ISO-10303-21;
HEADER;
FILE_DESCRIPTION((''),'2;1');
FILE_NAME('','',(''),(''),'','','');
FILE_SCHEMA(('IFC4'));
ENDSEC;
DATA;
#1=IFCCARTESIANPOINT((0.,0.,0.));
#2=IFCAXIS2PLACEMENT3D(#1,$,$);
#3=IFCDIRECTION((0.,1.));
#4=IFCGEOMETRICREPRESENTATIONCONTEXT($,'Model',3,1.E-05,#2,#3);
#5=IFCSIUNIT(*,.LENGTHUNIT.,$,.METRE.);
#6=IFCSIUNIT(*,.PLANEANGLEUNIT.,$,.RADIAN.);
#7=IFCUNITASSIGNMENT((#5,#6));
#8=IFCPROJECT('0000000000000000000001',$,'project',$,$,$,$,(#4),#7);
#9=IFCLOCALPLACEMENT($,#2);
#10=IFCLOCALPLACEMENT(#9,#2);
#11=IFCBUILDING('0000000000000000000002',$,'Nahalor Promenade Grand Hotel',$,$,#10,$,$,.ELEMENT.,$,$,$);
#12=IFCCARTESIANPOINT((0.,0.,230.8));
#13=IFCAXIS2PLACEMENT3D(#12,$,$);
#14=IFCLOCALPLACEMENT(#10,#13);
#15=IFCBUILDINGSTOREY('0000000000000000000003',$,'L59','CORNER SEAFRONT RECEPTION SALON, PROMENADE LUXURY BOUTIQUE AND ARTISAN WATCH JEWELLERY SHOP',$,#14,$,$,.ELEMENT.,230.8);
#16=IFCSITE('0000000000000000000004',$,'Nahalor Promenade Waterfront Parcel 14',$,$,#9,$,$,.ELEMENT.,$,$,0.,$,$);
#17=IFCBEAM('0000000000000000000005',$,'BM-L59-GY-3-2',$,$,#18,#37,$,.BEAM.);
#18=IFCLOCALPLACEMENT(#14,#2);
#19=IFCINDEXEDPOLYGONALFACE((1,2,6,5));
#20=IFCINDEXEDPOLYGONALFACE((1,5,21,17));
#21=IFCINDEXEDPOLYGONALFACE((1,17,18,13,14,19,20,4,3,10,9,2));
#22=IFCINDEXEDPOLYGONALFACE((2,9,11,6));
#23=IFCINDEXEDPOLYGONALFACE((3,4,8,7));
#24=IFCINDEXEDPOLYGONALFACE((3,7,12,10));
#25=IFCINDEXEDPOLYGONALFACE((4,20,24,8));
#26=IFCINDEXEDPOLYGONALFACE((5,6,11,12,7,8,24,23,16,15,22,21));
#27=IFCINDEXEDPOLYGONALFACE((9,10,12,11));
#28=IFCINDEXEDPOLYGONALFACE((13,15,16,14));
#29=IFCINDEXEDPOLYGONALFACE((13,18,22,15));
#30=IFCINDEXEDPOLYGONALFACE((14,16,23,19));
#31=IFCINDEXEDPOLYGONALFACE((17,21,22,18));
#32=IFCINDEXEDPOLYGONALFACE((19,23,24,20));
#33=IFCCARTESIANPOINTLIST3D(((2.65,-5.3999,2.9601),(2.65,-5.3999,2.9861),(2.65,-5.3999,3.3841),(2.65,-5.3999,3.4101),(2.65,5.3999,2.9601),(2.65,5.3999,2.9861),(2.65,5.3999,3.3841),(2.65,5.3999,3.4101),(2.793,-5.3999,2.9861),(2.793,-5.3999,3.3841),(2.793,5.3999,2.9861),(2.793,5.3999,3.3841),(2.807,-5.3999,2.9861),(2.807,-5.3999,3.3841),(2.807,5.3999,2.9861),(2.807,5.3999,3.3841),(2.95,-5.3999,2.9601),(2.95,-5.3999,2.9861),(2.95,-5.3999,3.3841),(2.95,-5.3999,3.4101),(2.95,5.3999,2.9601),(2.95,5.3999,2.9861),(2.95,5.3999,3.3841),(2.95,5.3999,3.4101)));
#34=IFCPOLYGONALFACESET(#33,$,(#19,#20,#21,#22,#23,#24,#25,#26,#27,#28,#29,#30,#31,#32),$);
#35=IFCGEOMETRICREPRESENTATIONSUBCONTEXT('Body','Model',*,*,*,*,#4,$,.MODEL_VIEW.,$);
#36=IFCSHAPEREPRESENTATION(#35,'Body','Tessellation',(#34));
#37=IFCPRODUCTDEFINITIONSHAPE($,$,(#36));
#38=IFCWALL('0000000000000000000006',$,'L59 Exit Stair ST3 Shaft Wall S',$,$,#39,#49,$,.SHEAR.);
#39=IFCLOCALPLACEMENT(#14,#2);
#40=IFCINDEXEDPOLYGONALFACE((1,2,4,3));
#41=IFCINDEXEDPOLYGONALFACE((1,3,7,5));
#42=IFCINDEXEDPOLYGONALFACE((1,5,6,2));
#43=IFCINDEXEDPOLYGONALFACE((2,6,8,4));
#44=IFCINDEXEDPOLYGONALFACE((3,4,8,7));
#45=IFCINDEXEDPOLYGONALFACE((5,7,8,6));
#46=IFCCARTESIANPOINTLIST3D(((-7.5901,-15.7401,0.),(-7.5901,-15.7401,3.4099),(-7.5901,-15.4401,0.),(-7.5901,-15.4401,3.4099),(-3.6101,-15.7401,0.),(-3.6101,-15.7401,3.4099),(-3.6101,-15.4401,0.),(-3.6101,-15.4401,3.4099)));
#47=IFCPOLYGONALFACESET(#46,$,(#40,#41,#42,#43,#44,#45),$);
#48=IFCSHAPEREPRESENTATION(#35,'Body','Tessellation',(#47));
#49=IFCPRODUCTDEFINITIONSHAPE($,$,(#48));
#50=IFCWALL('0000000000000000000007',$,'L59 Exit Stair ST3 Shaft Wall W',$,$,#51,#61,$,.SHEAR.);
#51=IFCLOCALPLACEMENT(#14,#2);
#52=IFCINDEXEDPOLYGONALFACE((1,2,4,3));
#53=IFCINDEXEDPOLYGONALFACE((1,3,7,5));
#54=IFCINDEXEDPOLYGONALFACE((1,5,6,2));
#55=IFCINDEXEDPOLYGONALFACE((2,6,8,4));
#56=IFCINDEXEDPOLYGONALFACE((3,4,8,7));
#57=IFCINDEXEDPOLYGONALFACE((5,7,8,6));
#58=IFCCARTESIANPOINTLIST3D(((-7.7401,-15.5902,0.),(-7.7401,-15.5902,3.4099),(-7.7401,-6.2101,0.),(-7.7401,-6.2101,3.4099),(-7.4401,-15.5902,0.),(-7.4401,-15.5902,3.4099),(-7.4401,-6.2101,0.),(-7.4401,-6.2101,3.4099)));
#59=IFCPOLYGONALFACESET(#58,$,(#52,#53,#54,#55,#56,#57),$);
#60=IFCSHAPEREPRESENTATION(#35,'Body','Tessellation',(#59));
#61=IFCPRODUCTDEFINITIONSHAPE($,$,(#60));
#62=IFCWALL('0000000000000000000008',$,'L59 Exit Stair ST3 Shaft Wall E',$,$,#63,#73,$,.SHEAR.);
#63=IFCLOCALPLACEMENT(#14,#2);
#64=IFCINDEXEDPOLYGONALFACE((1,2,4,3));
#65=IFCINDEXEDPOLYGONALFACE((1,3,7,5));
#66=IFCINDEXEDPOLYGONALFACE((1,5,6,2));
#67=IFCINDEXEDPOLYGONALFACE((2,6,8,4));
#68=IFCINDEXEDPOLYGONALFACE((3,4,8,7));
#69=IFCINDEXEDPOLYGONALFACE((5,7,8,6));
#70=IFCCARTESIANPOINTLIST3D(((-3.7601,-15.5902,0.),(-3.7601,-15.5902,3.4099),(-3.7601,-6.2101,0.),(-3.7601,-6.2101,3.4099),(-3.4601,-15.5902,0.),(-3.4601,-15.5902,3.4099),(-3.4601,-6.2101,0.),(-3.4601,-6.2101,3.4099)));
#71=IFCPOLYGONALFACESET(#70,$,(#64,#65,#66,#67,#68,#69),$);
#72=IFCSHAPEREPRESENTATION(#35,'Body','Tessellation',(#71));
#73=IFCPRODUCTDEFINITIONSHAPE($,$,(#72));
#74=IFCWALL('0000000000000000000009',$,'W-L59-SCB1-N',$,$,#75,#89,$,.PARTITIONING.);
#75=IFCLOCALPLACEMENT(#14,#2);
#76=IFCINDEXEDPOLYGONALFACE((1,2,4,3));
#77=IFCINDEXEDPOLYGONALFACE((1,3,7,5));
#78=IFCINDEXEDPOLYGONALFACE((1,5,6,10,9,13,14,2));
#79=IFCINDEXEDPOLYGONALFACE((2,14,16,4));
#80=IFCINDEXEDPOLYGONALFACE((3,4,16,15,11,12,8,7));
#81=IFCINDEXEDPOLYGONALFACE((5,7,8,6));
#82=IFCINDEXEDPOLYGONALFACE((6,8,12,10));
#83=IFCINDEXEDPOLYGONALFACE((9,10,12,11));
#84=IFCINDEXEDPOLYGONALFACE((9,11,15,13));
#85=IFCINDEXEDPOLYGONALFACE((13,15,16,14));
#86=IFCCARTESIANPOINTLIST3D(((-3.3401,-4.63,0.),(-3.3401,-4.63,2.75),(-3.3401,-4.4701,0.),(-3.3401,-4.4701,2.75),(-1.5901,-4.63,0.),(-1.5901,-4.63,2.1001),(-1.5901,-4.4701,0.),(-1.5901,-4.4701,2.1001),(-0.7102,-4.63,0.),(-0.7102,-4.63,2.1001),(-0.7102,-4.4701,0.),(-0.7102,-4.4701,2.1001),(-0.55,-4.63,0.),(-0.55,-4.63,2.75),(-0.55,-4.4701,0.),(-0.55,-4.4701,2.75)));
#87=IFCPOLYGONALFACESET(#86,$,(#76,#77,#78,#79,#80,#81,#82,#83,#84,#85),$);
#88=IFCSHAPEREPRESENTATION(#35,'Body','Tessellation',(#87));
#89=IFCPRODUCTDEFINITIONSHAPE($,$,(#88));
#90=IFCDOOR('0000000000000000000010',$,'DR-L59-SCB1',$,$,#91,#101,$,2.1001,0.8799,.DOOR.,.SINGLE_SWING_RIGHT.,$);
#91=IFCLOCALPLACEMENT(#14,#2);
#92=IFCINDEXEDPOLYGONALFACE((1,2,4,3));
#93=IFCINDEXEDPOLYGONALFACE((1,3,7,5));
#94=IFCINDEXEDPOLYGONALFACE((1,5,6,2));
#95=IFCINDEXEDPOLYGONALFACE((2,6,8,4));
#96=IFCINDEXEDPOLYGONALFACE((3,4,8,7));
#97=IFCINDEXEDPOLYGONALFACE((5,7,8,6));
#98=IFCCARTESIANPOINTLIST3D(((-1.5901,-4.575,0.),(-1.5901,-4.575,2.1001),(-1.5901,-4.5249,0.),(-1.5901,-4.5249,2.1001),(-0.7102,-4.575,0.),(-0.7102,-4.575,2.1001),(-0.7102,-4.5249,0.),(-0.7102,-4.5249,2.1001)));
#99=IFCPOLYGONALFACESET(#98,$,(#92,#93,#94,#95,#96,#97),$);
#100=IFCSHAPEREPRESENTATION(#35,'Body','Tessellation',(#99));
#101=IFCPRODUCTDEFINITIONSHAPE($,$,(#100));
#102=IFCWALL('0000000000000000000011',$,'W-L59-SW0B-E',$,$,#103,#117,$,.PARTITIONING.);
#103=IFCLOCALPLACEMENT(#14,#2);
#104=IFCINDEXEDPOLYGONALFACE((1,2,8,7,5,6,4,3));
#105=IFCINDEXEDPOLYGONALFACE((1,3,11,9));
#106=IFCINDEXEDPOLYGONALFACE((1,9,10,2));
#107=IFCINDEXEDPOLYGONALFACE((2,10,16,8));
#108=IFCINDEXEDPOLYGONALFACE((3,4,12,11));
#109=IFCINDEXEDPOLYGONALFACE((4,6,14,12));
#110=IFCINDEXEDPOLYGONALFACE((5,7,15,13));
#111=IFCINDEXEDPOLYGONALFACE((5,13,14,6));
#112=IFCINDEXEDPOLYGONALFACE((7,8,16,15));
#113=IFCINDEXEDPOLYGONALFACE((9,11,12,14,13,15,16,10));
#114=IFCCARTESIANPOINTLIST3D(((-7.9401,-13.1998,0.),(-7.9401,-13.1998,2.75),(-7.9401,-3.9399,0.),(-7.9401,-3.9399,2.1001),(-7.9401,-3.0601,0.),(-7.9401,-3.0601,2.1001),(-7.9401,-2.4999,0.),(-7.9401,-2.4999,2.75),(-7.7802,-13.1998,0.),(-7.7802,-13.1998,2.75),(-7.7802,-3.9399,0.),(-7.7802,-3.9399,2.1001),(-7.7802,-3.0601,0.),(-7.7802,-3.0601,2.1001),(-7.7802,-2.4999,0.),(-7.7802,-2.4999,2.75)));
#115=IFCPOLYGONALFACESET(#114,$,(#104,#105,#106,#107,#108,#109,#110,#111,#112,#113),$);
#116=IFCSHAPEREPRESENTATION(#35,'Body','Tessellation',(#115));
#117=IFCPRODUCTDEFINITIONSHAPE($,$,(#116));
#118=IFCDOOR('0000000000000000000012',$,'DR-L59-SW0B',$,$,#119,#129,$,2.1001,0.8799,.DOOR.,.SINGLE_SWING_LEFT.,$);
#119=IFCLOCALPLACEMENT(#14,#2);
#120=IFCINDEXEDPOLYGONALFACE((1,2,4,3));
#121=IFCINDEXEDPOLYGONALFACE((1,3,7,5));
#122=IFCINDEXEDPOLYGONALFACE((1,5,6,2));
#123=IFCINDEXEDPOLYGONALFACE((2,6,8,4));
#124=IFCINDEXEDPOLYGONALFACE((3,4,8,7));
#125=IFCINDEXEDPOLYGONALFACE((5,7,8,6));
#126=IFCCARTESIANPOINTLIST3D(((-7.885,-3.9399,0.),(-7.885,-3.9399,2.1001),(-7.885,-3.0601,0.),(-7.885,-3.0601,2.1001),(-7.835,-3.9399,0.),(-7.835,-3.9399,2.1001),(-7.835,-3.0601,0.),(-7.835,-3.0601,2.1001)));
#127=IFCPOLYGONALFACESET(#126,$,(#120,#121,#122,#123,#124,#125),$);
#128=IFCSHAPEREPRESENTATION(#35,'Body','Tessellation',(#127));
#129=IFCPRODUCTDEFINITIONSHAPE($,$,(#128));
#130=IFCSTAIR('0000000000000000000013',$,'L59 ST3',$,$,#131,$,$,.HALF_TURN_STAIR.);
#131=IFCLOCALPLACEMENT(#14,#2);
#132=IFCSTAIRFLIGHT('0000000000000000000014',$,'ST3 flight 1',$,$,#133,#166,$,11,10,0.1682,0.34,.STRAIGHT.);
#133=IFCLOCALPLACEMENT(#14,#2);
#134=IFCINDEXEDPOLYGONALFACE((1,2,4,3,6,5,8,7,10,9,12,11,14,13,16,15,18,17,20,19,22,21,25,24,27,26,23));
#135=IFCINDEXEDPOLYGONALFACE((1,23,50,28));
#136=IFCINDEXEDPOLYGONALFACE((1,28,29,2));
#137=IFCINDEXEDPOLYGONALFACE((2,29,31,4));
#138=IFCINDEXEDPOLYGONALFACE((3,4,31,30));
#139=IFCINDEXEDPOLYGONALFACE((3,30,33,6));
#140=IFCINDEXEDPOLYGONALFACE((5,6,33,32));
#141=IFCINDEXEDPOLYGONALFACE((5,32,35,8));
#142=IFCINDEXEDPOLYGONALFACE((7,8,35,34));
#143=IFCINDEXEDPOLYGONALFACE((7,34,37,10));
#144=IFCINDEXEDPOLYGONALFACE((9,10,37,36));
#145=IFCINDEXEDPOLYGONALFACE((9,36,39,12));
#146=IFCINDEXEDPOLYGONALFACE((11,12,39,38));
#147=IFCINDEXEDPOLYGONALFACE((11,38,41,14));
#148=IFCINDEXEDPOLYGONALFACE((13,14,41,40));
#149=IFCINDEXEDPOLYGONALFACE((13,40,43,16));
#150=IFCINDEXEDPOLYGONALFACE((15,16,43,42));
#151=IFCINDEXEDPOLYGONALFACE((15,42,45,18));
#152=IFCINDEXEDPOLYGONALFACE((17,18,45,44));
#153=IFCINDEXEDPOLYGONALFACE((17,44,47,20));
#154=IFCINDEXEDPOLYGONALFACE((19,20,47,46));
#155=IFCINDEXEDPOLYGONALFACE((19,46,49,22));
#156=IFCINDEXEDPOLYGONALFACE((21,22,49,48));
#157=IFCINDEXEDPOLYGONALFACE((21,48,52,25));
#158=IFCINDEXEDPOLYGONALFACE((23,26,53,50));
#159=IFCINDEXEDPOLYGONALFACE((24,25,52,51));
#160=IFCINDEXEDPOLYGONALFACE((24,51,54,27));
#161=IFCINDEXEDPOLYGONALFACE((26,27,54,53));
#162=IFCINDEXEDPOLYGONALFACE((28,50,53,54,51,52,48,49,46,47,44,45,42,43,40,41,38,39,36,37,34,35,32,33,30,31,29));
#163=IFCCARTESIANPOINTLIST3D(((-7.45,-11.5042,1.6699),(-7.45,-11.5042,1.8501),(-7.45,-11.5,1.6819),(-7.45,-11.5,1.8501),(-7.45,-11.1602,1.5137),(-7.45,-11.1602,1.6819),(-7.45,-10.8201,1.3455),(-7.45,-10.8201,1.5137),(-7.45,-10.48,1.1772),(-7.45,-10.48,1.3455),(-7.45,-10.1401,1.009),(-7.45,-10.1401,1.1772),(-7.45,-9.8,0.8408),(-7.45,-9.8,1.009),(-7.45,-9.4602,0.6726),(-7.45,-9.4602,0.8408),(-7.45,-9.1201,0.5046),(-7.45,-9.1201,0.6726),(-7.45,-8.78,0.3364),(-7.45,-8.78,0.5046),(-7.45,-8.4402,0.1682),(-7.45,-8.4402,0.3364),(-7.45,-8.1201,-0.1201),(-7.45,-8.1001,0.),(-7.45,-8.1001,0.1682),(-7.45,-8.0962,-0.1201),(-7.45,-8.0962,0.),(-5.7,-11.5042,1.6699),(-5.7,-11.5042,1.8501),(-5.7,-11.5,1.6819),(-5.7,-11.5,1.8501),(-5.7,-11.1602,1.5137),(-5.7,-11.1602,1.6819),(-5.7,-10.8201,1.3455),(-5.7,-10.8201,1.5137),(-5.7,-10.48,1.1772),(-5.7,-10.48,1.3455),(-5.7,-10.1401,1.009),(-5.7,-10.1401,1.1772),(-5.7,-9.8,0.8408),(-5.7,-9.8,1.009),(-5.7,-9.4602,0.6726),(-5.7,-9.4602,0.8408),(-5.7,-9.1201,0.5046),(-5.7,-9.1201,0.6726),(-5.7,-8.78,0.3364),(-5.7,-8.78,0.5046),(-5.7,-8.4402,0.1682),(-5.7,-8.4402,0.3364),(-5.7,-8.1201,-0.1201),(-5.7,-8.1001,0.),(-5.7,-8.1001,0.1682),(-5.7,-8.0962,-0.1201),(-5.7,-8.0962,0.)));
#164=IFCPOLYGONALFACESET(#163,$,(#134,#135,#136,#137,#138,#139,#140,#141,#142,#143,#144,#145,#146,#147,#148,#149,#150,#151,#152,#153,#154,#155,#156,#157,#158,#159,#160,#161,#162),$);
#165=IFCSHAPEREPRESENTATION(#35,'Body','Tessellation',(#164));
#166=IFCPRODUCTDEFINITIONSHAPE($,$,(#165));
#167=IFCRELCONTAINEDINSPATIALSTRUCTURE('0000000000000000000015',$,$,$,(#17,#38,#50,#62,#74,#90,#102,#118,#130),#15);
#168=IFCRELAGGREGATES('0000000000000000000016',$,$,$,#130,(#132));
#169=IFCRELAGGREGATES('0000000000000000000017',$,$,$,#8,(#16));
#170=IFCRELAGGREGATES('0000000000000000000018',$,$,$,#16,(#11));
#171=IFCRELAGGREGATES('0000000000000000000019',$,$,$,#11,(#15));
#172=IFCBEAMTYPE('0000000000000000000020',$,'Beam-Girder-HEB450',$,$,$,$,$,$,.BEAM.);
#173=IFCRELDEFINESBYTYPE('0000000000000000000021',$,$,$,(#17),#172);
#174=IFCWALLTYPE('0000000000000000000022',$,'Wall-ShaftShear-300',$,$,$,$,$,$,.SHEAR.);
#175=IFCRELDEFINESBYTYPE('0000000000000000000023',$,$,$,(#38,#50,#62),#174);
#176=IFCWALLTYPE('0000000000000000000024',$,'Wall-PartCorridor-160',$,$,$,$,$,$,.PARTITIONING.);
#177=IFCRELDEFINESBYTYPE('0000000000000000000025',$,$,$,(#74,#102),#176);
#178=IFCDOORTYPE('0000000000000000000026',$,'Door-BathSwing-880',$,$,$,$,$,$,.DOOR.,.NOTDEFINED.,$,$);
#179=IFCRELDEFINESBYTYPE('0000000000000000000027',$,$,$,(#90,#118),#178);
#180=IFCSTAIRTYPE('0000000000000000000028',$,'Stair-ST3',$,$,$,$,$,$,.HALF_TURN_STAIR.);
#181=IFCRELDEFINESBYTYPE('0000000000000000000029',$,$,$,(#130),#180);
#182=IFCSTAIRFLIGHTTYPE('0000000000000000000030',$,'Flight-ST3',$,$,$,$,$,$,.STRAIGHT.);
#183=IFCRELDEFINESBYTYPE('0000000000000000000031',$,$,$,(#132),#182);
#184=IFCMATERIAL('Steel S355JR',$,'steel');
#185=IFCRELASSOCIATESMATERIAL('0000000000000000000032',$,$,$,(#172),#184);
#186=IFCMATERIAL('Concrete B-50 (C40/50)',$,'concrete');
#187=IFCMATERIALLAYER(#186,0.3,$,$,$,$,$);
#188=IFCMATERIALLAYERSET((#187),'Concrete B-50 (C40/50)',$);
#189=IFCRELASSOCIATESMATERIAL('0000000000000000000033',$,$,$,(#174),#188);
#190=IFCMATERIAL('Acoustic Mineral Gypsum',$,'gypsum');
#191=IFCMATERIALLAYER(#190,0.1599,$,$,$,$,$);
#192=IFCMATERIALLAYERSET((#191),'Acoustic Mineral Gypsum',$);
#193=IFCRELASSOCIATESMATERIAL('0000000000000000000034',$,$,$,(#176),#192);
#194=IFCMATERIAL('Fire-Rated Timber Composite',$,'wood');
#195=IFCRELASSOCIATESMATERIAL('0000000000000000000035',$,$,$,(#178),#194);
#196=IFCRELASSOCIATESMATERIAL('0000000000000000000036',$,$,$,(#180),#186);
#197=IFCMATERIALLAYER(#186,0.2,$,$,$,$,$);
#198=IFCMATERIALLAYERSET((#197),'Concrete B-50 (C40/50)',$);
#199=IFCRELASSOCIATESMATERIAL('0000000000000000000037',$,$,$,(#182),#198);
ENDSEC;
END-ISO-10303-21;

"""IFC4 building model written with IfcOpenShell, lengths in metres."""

from ifc_helpers import new_model, si_unit, direction, frame, frame_2d, origin, origin_2d, place, context, subcontext, project, spatial, polyline, rectangle, i_section, outline, extrude, source, transform, mapped, material, layer, layer_set, material_profile, profile_set, type_object, element, fill, aggregate, save


model = new_model("IFC4")

# Units and contexts
model_context = context("Model", 3, precision=1e-05, world=origin(), true_north=direction((0.0, 1.0)))
body_context = subcontext(model_context, "Body", "Model", "MODEL_VIEW")
ifc_project = project(units=[si_unit("LENGTHUNIT", "METRE"), si_unit("PLANEANGLEUNIT", "RADIAN")], contexts=[model_context])

# Site, building, storey
site_placement = place(None, origin())
site = spatial("IfcSite", under=ifc_project, at=site_placement, Name="Nahalor Promenade Waterfront Parcel 14", CompositionType="ELEMENT", RefElevation=0.0)
building_placement = place(site_placement, origin())
building = spatial("IfcBuilding", under=site, at=building_placement, Name="Nahalor Promenade Grand Hotel", CompositionType="ELEMENT")
storey_placement = place(building_placement, frame((0.0, 0.0, 230.8)))
storey = spatial("IfcBuildingStorey", under=building, at=storey_placement, Name="L59", Description="CORNER SEAFRONT RECEPTION SALON, PROMENADE LUXURY BOUTIQUE AND ARTISAN WATCH JEWELLERY SHOP", CompositionType="ELEMENT", Elevation=230.8)

# Beam
ifc_material_1 = material(Name="Steel S355JR", Category="steel")
ifc_material_profile_1 = material_profile(ifc_material_1, i_section(OverallWidth=0.3, OverallDepth=0.45, WebThickness=0.014, FlangeThickness=0.026, at=origin_2d()), Name="HEB 450")
ifc_profile_set_1 = profile_set([ifc_material_profile_1], Name="Steel S355JR")
beam_type = type_object("IfcBeamType", Name="Beam-Girder-HEB450", PredefinedType="BEAM", material=ifc_profile_set_1)
shared_shape_1 = source(origin(), body_context, "Body", "SweptSolid", [
    extrude(i_section(OverallWidth=0.3, OverallDepth=0.45, WebThickness=0.014, FlangeThickness=0.026, at=origin_2d()), origin(), (0.0, 0.0, 1.0), 10.7998),
])
for number, where, z_axis, x_axis, name in (
    (1, (2.8, -5.3999, 3.1851), (0.0, 1.0, 0.0), (-1.0, 0.0, 0.0), "BM-L59-GY-3-2"),
):
    element("IfcBeam", number, at=place(storey_placement, frame(where, z_axis=z_axis, x_axis=x_axis)), inside=storey, type_object=beam_type, Name=name, PredefinedType="BEAM", context=body_context, shape_type="MappedRepresentation", body=[
        mapped(shared_shape_1, transform((0.0, 0.0, 0.0), scale=1.0)),
    ])

# Wall
ifc_material_2 = material(Name="Concrete B-50 (C40/50)", Category="concrete")
ifc_layer_1 = layer(ifc_material_2, 0.3)
ifc_layer_set_1 = layer_set([ifc_layer_1], Name="Concrete B-50 (C40/50)")
wall_type_1 = type_object("IfcWallType", Name="Wall-ShaftShear-300", PredefinedType="SHEAR", material=ifc_layer_set_1)
shared_shape_2 = source(origin(), body_context, "Body", "SweptSolid", [
    extrude(rectangle(XDim=3.98, YDim=0.3, at=frame_2d((1.99, 0.0))), origin(), (0.0, 0.0, 1.0), 3.4099),
])
wall_1_placement = place(storey_placement, frame((-7.5901, -15.5901, 0.0), z_axis=(0.0, 0.0, 1.0), x_axis=(1.0, 0.0, 0.0)))
element("IfcWall", 2, at=wall_1_placement, inside=storey, type_object=wall_type_1, Name="L59 Exit Stair ST3 Shaft Wall S", PredefinedType="SHEAR", context=body_context, shape_type="MappedRepresentation", body=[
    mapped(shared_shape_2, transform((0.0, 0.0, 0.0), scale=1.0)),
])

# Walls
shared_shape_3 = source(origin(), body_context, "Body", "SweptSolid", [
    extrude(rectangle(XDim=9.3801, YDim=0.3, at=frame_2d((4.6899, 0.0))), origin(), (0.0, 0.0, 1.0), 3.4099),
])
for number, where, z_axis, x_axis, name in (
    (3, (-7.5901, -15.5901, 0.0), (0.0, 0.0, 1.0), (0.0, 1.0, 0.0), "L59 Exit Stair ST3 Shaft Wall W"),
    (4, (-3.6101, -15.5901, 0.0), (0.0, 0.0, 1.0), (0.0, 1.0, 0.0), "L59 Exit Stair ST3 Shaft Wall E"),
):
    element("IfcWall", number, at=place(storey_placement, frame(where, z_axis=z_axis, x_axis=x_axis)), inside=storey, type_object=wall_type_1, Name=name, PredefinedType="SHEAR", context=body_context, shape_type="MappedRepresentation", body=[
        mapped(shared_shape_3, transform((0.0, 0.0, 0.0), scale=1.0)),
    ])

# Walls, openings, doors
ifc_material_3 = material(Name="Acoustic Mineral Gypsum", Category="gypsum")
ifc_layer_2 = layer(ifc_material_3, 0.1599)
ifc_layer_set_2 = layer_set([ifc_layer_2], Name="Acoustic Mineral Gypsum")
wall_type_2 = type_object("IfcWallType", Name="Wall-PartCorridor-160", PredefinedType="PARTITIONING", material=ifc_layer_set_2)
shared_shape_4 = source(origin(), body_context, "Body", "SweptSolid", [
    extrude(rectangle(XDim=2.79, YDim=0.1599, at=frame_2d((1.395, 0.0))), origin(), (0.0, 0.0, 1.0), 2.75),
])
wall_2_placement = place(storey_placement, frame((-3.3401, -4.55, 0.0), z_axis=(0.0, 0.0, 1.0), x_axis=(1.0, 0.0, 0.0)))
wall_2 = element("IfcWall", 5, at=wall_2_placement, inside=storey, type_object=wall_type_2, Name="W-L59-SCB1-N", PredefinedType="PARTITIONING", context=body_context, shape_type="MappedRepresentation", body=[
    mapped(shared_shape_4, transform((0.0, 0.0, 0.0), scale=1.0)),
])
opening_1_placement = place(wall_2_placement, frame((1.75, 0.0, 0.0)))
opening_1 = element("IfcOpeningElement", 6, at=opening_1_placement, cuts=wall_2, PredefinedType="OPENING", context=body_context, shape_type="SweptSolid", body=[
    extrude(rectangle(XDim=0.8799, YDim=2.1001, at=frame_2d((0.4399, 1.05))), frame((0.0, 0.0898, 0.0), z_axis=(0.0, -1.0, 0.0), x_axis=(1.0, 0.0, 0.0)), (0.0, 0.0, 1.0), 0.1799),
])
ifc_material_4 = material(Name="Fire-Rated Timber Composite", Category="wood")
door_type_1 = type_object("IfcDoorType", Name="Door-BathSwing-880", OperationType="NOTDEFINED", PredefinedType="DOOR", material=ifc_material_4)
shared_shape_5 = source(origin(), body_context, "Body", "SweptSolid", [
    extrude(rectangle(XDim=0.8799, YDim=2.1001, at=frame_2d((0.4399, 1.05))), frame((0.0, 0.0249, 0.0), z_axis=(0.0, -1.0, 0.0), x_axis=(1.0, 0.0, 0.0)), (0.0, 0.0, 1.0), 0.05),
])
door_1_placement = place(opening_1_placement, frame((0.8799, 0.0, 0.0), z_axis=(0.0, 0.0, 1.0), x_axis=(-1.0, 0.0, 0.0)))
door_1 = element("IfcDoor", 7, at=door_1_placement, inside=storey, type_object=door_type_1, Name="DR-L59-SCB1", OperationType="SINGLE_SWING_RIGHT", OverallHeight=2.1001, OverallWidth=0.8799, PredefinedType="DOOR", context=body_context, shape_type="MappedRepresentation", body=[
    mapped(shared_shape_5, transform((0.0, 0.0, 0.0), scale=1.0)),
])
fill(opening_1, door_1)
shared_shape_6 = source(origin(), body_context, "Body", "SweptSolid", [
    extrude(rectangle(XDim=10.7, YDim=0.1599, at=frame_2d((5.3501, 0.0))), origin(), (0.0, 0.0, 1.0), 2.75),
])
wall_3_placement = place(storey_placement, frame((-7.8601, -13.2, 0.0), z_axis=(0.0, 0.0, 1.0), x_axis=(0.0, 1.0, 0.0)))
wall_3 = element("IfcWall", 8, at=wall_3_placement, inside=storey, type_object=wall_type_2, Name="W-L59-SW0B-E", PredefinedType="PARTITIONING", context=body_context, shape_type="MappedRepresentation", body=[
    mapped(shared_shape_6, transform((0.0, 0.0, 0.0), scale=1.0)),
])
opening_2_placement = place(wall_3_placement, frame((9.26, 0.0, 0.0)))
opening_2 = element("IfcOpeningElement", 9, at=opening_2_placement, cuts=wall_3, PredefinedType="OPENING", context=body_context, shape_type="SweptSolid", body=[
    extrude(rectangle(XDim=0.8799, YDim=2.1001, at=frame_2d((0.4399, 1.05))), frame((0.0, 0.0898, 0.0), z_axis=(0.0, -1.0, 0.0), x_axis=(1.0, 0.0, 0.0)), (0.0, 0.0, 1.0), 0.1799),
])
door_2_placement = place(opening_2_placement, origin())
door_2 = element("IfcDoor", 10, at=door_2_placement, inside=storey, type_object=door_type_1, Name="DR-L59-SW0B", OperationType="SINGLE_SWING_LEFT", OverallHeight=2.1001, OverallWidth=0.8799, PredefinedType="DOOR", context=body_context, shape_type="MappedRepresentation", body=[
    mapped(shared_shape_5, transform((0.0, 0.0, 0.0), scale=1.0)),
])
fill(opening_2, door_2)

# Stair, stair flight
stair_type = type_object("IfcStairType", Name="Stair-ST3", PredefinedType="HALF_TURN_STAIR", material=ifc_material_2)
stair_placement = place(storey_placement, origin())
stair = element("IfcStair", 11, at=stair_placement, inside=storey, type_object=stair_type, Name="L59 ST3", PredefinedType="HALF_TURN_STAIR")
ifc_layer_3 = layer(ifc_material_2, 0.2)
ifc_layer_set_3 = layer_set([ifc_layer_3], Name="Concrete B-50 (C40/50)")
stair_flight_type = type_object("IfcStairFlightType", Name="Flight-ST3", PredefinedType="STRAIGHT", material=ifc_layer_set_3)
shared_shape_7 = source(origin(), body_context, "Body", "SweptSolid", [
    extrude(outline(polyline([(-0.0039, -0.1201), (-0.0039, 0.0), (0.0, 0.0), (0.0, 0.1682), (0.3401, 0.1682), (0.3401, 0.3364), (0.6799, 0.3364), (0.6799, 0.5046), (1.02, 0.5046), (1.02, 0.6726), (1.3601, 0.6726), (1.3601, 0.8408), (1.7, 0.8408), (1.7, 1.009), (2.04, 1.009), (2.04, 1.1772), (2.3799, 1.1772), (2.3799, 1.3455), (2.72, 1.3455), (2.72, 1.5137), (3.0601, 1.5137), (3.0601, 1.6819), (3.3999, 1.6819), (3.3999, 1.8501), (3.4041, 1.8501), (3.4041, 1.6699), (0.02, -0.1201), (-0.0039, -0.1201)])), frame((0.0, 0.875, 0.0), z_axis=(0.0, -1.0, 0.0), x_axis=(1.0, 0.0, 0.0)), (0.0, 0.0, 1.0), 1.75),
])
stair_flight_1_placement = place(storey_placement, frame((-6.575, -8.1001, 0.0), z_axis=(0.0, 0.0, 1.0), x_axis=(0.0, -1.0, 0.0)))
stair_flight_1 = element("IfcStairFlight", 12, at=stair_flight_1_placement, type_object=stair_flight_type, Name="ST3 flight 1", NumberOfRisers=11, NumberOfTreads=10, PredefinedType="STRAIGHT", RiserHeight=0.1682, TreadLength=0.34, context=body_context, shape_type="MappedRepresentation", body=[
    mapped(shared_shape_7, transform((0.0, 0.0, 0.0), scale=1.0)),
])
aggregate(stair, [stair_flight_1])

save(model, "model.ifc")
